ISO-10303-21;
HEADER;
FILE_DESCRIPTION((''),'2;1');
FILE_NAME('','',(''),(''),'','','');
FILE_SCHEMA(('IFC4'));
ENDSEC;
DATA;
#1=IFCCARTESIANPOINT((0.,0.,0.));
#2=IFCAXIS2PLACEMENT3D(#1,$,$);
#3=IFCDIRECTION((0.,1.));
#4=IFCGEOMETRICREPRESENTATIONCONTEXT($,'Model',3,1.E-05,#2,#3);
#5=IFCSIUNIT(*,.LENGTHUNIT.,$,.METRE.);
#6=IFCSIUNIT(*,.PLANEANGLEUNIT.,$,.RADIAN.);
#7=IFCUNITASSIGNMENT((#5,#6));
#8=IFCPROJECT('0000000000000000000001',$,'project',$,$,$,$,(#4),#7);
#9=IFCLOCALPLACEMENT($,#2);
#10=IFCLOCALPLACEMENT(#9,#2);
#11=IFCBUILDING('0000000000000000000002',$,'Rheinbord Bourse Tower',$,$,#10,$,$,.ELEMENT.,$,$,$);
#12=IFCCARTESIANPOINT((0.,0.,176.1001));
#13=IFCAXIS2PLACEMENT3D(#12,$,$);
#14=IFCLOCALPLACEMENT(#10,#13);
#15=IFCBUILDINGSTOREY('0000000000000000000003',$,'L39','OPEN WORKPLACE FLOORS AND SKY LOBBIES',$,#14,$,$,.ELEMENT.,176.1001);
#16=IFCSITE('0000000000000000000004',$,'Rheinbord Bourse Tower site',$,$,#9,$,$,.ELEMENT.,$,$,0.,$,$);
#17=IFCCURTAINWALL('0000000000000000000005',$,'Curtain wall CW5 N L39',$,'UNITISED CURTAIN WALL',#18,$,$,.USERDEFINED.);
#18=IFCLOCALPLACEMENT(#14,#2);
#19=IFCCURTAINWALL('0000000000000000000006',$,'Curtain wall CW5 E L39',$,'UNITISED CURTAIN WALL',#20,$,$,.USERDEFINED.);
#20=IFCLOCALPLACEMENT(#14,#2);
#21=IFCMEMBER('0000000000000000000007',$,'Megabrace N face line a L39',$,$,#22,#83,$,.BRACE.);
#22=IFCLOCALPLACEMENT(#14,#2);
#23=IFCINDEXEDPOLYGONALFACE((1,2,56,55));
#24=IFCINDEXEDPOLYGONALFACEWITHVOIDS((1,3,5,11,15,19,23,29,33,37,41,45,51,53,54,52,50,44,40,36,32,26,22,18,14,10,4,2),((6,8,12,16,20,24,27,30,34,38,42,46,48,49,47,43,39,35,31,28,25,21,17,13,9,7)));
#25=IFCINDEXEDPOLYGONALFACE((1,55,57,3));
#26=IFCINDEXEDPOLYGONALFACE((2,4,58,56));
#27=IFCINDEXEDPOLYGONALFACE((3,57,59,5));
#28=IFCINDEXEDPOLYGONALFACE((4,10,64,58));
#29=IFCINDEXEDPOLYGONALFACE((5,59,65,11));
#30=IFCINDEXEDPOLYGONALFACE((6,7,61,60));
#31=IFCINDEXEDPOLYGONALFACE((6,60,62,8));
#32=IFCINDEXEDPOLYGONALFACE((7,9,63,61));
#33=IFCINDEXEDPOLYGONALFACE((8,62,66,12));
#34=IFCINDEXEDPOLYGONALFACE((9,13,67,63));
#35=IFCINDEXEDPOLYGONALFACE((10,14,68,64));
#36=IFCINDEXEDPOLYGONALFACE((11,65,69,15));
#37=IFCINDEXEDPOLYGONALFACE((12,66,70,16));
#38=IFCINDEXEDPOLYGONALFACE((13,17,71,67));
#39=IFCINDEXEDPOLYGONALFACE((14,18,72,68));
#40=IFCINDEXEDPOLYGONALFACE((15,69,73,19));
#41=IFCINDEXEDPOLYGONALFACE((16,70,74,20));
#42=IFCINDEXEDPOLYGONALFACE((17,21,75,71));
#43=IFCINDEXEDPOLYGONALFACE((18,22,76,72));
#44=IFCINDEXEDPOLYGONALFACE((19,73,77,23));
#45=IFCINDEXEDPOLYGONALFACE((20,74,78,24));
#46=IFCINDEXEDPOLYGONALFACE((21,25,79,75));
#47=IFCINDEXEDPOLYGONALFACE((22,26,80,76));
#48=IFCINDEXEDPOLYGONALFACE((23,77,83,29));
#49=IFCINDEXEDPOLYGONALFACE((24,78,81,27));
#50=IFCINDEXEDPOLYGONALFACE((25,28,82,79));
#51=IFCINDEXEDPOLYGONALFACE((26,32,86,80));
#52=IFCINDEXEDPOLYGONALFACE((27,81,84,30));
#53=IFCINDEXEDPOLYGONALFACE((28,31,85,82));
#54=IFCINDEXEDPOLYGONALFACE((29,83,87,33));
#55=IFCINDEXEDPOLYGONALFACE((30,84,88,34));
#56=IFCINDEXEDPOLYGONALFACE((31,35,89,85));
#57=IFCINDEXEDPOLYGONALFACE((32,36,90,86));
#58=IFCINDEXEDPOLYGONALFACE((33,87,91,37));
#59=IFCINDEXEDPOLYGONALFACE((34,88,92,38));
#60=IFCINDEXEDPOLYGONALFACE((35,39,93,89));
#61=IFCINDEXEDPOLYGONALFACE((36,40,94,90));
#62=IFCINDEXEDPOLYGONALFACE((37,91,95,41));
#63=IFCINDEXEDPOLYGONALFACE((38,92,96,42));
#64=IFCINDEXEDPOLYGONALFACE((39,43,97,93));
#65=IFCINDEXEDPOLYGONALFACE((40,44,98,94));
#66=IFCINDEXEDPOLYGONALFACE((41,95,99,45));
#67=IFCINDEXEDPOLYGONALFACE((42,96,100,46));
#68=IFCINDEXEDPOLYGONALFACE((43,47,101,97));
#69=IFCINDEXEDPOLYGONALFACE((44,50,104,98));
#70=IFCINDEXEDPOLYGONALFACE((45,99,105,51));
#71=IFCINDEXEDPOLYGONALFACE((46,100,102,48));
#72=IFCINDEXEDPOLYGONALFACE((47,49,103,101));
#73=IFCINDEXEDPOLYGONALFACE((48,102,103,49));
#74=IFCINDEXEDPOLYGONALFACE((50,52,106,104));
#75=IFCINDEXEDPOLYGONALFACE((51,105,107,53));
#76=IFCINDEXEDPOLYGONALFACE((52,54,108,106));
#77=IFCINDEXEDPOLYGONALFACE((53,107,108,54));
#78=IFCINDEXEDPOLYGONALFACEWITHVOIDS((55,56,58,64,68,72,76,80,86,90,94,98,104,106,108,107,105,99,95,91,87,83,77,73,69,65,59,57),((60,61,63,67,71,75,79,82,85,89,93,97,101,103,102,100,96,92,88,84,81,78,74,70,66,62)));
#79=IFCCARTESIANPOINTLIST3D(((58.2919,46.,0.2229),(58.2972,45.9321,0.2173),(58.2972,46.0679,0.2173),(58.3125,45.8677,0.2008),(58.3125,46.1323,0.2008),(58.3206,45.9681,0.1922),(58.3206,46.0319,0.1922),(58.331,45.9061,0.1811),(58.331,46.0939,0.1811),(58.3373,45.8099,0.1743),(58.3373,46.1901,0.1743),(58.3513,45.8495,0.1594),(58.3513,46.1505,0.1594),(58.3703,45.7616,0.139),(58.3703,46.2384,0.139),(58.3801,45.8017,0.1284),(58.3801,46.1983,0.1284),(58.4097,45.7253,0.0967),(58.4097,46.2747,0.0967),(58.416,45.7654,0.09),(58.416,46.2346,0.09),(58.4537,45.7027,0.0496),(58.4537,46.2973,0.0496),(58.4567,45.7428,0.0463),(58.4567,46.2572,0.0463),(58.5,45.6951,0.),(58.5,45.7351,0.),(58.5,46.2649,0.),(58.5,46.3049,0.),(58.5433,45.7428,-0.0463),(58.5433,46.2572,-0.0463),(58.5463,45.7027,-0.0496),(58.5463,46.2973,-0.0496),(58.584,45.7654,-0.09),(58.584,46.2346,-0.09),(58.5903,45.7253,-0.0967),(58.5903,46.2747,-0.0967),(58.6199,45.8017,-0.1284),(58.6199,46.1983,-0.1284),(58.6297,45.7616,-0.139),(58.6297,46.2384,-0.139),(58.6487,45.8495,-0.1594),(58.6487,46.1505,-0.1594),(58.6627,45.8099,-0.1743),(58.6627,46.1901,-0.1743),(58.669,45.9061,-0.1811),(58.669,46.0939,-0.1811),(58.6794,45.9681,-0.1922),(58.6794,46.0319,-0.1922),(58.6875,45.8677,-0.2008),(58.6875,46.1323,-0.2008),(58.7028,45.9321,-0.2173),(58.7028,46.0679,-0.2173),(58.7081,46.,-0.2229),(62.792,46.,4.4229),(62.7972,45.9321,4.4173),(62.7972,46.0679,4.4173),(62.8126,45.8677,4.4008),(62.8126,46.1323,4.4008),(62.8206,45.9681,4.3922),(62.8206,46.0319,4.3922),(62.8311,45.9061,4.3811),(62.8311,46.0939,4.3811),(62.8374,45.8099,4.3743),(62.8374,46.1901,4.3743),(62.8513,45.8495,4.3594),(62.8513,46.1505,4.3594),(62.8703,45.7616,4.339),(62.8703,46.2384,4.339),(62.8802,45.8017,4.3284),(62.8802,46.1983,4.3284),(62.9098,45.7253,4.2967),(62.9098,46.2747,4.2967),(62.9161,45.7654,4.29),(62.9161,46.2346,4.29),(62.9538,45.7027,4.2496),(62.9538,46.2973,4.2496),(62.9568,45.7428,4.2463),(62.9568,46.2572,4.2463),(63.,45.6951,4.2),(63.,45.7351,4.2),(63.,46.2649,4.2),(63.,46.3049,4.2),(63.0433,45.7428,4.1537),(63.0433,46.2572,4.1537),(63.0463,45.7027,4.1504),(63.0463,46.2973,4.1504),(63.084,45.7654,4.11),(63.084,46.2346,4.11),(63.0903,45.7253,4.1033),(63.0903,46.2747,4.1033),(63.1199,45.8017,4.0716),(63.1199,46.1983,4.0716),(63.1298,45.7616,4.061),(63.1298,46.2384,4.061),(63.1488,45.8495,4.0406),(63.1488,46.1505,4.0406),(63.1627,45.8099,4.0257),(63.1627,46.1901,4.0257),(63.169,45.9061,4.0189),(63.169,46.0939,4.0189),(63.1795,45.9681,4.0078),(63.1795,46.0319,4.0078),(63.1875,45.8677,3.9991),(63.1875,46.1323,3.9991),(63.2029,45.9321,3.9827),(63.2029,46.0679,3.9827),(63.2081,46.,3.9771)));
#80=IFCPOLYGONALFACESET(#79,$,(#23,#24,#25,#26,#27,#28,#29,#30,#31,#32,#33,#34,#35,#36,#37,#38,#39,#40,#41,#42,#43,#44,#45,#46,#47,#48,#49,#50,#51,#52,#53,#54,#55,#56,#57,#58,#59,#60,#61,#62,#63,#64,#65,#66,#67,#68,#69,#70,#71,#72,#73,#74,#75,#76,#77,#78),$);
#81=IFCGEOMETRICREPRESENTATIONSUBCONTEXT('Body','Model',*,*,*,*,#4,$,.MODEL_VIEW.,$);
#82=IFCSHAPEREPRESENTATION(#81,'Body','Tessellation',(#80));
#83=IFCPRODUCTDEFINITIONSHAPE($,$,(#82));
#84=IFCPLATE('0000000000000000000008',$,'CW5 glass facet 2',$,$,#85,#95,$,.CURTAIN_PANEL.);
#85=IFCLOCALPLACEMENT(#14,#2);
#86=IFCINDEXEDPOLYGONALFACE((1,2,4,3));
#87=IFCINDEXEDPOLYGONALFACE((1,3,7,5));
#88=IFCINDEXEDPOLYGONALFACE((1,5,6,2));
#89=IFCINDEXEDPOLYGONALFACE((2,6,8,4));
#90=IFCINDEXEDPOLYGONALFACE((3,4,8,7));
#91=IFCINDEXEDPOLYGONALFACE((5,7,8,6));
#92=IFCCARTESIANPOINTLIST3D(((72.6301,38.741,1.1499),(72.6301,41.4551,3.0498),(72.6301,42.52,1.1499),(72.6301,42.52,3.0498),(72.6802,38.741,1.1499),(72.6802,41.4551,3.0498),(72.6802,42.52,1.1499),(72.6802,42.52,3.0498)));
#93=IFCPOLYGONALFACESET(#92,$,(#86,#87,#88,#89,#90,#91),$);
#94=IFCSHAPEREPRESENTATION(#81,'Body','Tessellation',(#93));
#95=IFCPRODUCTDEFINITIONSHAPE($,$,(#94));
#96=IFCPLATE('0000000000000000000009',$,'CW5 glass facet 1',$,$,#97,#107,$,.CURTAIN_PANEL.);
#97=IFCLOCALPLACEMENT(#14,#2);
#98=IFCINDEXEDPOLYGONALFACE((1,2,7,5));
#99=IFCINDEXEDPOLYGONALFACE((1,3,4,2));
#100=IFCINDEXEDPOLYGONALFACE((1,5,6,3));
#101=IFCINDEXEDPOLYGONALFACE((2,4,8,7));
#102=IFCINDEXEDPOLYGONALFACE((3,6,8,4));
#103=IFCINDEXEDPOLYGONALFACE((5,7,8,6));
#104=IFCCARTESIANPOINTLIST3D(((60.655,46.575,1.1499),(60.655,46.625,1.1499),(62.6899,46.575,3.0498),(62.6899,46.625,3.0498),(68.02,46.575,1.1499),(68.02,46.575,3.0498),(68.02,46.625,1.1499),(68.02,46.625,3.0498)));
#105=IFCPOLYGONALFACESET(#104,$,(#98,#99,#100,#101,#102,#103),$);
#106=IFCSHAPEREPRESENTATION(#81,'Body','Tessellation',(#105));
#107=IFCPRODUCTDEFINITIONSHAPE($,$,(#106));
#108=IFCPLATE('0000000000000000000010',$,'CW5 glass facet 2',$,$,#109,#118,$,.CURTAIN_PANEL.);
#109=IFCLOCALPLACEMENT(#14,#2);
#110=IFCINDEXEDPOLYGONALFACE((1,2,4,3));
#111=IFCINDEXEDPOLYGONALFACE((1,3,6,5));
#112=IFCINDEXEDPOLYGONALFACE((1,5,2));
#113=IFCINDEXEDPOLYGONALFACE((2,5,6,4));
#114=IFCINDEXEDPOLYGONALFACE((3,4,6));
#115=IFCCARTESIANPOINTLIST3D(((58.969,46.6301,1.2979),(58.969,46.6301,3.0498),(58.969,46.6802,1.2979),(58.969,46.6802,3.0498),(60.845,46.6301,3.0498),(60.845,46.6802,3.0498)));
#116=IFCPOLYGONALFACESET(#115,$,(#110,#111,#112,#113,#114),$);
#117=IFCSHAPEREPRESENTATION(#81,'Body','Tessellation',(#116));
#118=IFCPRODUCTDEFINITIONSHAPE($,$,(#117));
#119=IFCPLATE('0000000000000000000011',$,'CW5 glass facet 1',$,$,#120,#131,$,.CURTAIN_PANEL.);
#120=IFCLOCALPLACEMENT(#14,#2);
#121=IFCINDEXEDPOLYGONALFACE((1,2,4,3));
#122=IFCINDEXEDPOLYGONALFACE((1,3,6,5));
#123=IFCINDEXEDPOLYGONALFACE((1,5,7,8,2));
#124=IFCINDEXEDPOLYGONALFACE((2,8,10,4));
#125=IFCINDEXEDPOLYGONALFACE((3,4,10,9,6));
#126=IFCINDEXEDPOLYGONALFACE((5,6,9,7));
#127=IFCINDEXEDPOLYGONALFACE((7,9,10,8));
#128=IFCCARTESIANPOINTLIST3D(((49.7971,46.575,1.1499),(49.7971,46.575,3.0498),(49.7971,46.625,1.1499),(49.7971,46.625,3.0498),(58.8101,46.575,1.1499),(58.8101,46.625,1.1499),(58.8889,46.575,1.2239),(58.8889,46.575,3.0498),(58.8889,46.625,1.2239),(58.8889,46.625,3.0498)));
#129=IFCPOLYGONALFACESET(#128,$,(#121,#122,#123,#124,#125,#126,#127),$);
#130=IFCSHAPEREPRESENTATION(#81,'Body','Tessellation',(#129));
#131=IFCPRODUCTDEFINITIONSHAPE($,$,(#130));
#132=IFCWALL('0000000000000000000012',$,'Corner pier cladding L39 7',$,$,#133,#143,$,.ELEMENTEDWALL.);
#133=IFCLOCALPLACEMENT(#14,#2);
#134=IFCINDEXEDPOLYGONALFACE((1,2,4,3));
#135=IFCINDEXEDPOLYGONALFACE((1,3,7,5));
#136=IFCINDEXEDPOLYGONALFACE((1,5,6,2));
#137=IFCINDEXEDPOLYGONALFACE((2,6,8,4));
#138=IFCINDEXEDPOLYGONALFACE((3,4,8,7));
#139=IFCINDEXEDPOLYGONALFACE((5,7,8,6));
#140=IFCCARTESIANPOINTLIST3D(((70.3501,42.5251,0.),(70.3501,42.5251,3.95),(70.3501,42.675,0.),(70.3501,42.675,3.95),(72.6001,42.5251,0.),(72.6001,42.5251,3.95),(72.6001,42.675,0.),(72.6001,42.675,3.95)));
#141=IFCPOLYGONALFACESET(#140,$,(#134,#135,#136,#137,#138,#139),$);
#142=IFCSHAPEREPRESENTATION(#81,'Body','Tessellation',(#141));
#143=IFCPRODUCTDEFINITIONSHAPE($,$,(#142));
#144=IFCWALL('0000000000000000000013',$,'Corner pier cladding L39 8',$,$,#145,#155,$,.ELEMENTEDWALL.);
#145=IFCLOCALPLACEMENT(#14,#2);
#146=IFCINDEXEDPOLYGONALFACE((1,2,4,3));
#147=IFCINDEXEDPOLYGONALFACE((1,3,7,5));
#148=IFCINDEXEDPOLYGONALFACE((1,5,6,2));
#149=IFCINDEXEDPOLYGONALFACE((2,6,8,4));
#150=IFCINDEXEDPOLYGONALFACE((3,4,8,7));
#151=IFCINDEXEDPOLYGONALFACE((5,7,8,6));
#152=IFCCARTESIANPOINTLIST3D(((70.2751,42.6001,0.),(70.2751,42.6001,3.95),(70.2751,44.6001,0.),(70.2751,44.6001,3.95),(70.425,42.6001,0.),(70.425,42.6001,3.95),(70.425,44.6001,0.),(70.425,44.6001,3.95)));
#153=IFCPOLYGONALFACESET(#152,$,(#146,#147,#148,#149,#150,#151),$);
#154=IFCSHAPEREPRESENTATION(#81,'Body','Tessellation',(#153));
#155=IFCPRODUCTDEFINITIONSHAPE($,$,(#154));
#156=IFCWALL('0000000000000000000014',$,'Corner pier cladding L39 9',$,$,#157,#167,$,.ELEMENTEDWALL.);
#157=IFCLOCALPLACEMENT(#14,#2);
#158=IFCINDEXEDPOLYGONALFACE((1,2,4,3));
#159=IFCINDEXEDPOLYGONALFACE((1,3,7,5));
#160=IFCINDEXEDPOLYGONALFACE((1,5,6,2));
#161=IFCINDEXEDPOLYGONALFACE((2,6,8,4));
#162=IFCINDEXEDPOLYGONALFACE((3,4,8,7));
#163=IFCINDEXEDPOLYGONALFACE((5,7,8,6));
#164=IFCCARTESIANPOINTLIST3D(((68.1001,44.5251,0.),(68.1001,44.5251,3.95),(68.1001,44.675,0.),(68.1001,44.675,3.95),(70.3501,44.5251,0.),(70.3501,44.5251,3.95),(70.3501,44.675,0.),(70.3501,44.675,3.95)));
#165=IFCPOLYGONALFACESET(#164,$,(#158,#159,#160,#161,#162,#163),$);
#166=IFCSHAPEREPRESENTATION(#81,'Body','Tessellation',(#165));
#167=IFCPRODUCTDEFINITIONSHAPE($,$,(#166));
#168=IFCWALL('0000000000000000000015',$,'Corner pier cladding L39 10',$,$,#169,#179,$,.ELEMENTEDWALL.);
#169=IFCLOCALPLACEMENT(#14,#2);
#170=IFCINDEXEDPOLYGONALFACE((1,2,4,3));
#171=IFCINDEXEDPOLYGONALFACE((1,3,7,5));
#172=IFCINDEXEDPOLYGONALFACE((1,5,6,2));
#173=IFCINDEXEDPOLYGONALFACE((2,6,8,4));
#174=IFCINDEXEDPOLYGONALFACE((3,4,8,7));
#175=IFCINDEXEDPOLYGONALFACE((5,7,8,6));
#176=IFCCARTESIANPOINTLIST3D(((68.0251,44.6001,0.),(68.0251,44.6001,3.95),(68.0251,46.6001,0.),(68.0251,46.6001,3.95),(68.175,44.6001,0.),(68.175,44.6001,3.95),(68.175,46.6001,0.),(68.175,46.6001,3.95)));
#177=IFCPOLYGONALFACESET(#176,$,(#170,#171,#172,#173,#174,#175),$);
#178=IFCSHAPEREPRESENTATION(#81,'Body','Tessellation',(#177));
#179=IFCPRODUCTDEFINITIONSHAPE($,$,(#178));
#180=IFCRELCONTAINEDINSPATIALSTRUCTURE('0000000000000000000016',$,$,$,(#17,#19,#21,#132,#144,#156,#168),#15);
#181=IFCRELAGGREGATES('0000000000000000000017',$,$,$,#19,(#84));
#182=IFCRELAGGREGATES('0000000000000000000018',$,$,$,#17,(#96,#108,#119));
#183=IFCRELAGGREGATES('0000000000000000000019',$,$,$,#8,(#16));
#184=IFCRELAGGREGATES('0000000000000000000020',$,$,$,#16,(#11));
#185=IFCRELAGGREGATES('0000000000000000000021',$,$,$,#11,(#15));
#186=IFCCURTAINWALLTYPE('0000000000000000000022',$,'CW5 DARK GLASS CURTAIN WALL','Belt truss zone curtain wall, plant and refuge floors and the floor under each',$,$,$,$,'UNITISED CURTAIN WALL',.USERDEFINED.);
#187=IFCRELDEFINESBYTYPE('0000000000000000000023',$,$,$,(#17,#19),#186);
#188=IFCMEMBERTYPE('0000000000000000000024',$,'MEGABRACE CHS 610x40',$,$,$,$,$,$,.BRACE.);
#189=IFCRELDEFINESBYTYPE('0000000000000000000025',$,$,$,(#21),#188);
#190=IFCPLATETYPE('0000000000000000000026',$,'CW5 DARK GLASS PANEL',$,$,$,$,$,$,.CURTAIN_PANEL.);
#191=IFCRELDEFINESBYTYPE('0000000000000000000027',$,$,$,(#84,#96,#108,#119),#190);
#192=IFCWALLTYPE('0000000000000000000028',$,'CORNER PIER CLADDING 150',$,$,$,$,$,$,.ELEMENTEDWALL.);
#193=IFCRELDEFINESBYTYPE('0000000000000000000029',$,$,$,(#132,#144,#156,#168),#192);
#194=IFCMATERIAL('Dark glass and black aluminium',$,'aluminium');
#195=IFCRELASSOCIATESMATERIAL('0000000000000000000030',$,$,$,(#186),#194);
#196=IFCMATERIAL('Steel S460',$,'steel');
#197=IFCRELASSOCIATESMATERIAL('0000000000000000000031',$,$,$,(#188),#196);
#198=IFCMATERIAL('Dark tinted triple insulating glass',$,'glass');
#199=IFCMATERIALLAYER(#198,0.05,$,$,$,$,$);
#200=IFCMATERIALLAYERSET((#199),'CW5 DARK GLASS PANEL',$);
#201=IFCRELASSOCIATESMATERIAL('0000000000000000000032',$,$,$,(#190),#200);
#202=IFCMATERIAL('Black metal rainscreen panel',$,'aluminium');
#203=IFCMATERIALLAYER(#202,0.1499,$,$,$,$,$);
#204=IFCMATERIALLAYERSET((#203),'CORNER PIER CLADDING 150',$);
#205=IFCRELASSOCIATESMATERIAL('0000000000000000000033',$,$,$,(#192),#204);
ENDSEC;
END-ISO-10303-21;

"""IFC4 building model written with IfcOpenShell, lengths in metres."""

from ifc_helpers import new_model, si_unit, direction, frame, frame_2d, origin, origin_2d, place, context, subcontext, project, spatial, polyline, rectangle, hollow_circle, outline, extrude, material, layer, layer_set, material_profile, profile_set, type_object, element, aggregate, save


model = new_model("IFC4")

# Units and contexts
model_context = context("Model", 3, precision=1e-05, world=origin(), true_north=direction((0.0, 1.0)))
body_context = subcontext(model_context, "Body", "Model", "MODEL_VIEW")
ifc_project = project(units=[si_unit("LENGTHUNIT", "METRE"), si_unit("PLANEANGLEUNIT", "RADIAN")], contexts=[model_context])

# Site, building, storey
site_placement = place(None, origin())
site = spatial("IfcSite", under=ifc_project, at=site_placement, Name="Rheinbord Bourse Tower site", CompositionType="ELEMENT", RefElevation=0.0)
building_placement = place(site_placement, origin())
building = spatial("IfcBuilding", under=site, at=building_placement, Name="Rheinbord Bourse Tower", CompositionType="ELEMENT")
storey_placement = place(building_placement, frame((0.0, 0.0, 176.1001)))
storey = spatial("IfcBuildingStorey", under=building, at=storey_placement, Name="L39", Description="OPEN WORKPLACE FLOORS AND SKY LOBBIES", CompositionType="ELEMENT", Elevation=176.1001)

# Curtain walls
ifc_material_1 = material(Name="Dark glass and black aluminium", Category="aluminium")
curtain_wall_type = type_object("IfcCurtainWallType", Name="CW5 DARK GLASS CURTAIN WALL", Description="Belt truss zone curtain wall, plant and refuge floors and the floor under each", ElementType="UNITISED CURTAIN WALL", PredefinedType="USERDEFINED", material=ifc_material_1)
curtain_wall_1_placement = place(storey_placement, origin())
curtain_wall_1 = element("IfcCurtainWall", 1, at=curtain_wall_1_placement, inside=storey, type_object=curtain_wall_type, Name="Curtain wall CW5 N L39", ObjectType="UNITISED CURTAIN WALL", PredefinedType="USERDEFINED")
curtain_wall_2_placement = place(storey_placement, origin())
curtain_wall_2 = element("IfcCurtainWall", 2, at=curtain_wall_2_placement, inside=storey, type_object=curtain_wall_type, Name="Curtain wall CW5 E L39", ObjectType="UNITISED CURTAIN WALL", PredefinedType="USERDEFINED")

# Member
ifc_material_2 = material(Name="Steel S460", Category="steel")
ifc_material_profile_1 = material_profile(ifc_material_2, hollow_circle(Radius=0.3049, WallThickness=0.04, at=origin_2d()), Name="CHS 610x40")
ifc_profile_set_1 = profile_set([ifc_material_profile_1], Name="Steel S460")
member_type_1 = type_object("IfcMemberType", Name="MEGABRACE CHS 610x40", PredefinedType="BRACE", material=ifc_profile_set_1)
member_1_placement = place(storey_placement, frame((58.5, 46.0, 0.0), z_axis=(0.731059, 0.0, 0.682314), x_axis=(0.0, 1.0, 0.0)))
element("IfcMember", 3, at=member_1_placement, inside=storey, type_object=member_type_1, Name="Megabrace N face line a L39", PredefinedType="BRACE", context=body_context, shape_type="SweptSolid", body=[
    extrude(hollow_circle(Radius=0.3049, WallThickness=0.04, at=origin_2d()), origin(), (0.0, 0.0, 1.0), 6.1555),
])

# Plates
ifc_material_3 = material(Name="Dark tinted triple insulating glass", Category="glass")
ifc_layer_1 = layer(ifc_material_3, 0.05)
ifc_layer_set_1 = layer_set([ifc_layer_1], Name="CW5 DARK GLASS PANEL")
plate_type = type_object("IfcPlateType", Name="CW5 DARK GLASS PANEL", PredefinedType="CURTAIN_PANEL", material=ifc_layer_set_1)
plate_1_placement = place(storey_placement, frame((72.6802, 42.52, 3.0498), z_axis=(-1.0, 0.0, 0.0), x_axis=(0.0, 0.0, -1.0)))
plate_1 = element("IfcPlate", 4, at=plate_1_placement, type_object=plate_type, Name="CW5 glass facet 2", PredefinedType="CURTAIN_PANEL", context=body_context, shape_type="SweptSolid", body=[
    extrude(outline(polyline([(0.0, 0.0), (1.8999, 0.0), (1.8999, 3.7791), (0.0, 1.0649), (0.0, 0.0)])), origin(), (0.0, 0.0, 1.0), 0.05),
])
aggregate(curtain_wall_2, [plate_1])
plate_2_placement = place(storey_placement, frame((68.02, 46.625, 1.1499), z_axis=(0.0, -1.0, 0.0), x_axis=(0.0, 0.0, 1.0)))
plate_2 = element("IfcPlate", 5, at=plate_2_placement, type_object=plate_type, Name="CW5 glass facet 1", PredefinedType="CURTAIN_PANEL", context=body_context, shape_type="SweptSolid", body=[
    extrude(outline(polyline([(0.0, 0.0), (1.8999, 0.0), (1.8999, 5.3301), (0.0, 7.365), (0.0, 0.0)])), origin(), (0.0, 0.0, 1.0), 0.05),
])
plate_3_placement = place(storey_placement, frame((58.969, 46.6802, 3.0498), z_axis=(0.0, -1.0, 0.0), x_axis=(0.0, 0.0, -1.0)))
plate_3 = element("IfcPlate", 6, at=plate_3_placement, type_object=plate_type, Name="CW5 glass facet 2", PredefinedType="CURTAIN_PANEL", context=body_context, shape_type="SweptSolid", body=[
    extrude(outline(polyline([(0.0, 0.0), (1.752, 0.0), (0.0, 1.876), (0.0, 0.0)])), origin(), (0.0, 0.0, 1.0), 0.05),
])
plate_4_placement = place(storey_placement, frame((58.8889, 46.625, 3.0498), z_axis=(0.0, -1.0, 0.0), x_axis=(-1.0, 0.0, 0.0)))
plate_4 = element("IfcPlate", 7, at=plate_4_placement, type_object=plate_type, Name="CW5 glass facet 1", PredefinedType="CURTAIN_PANEL", context=body_context, shape_type="SweptSolid", body=[
    extrude(outline(polyline([(0.0, 0.0), (9.0918, 0.0), (9.0918, 1.8999), (0.0789, 1.8999), (0.0, 1.8259), (0.0, 0.0)])), origin(), (0.0, 0.0, 1.0), 0.05),
])
aggregate(curtain_wall_1, [plate_2, plate_3, plate_4])

# Walls
ifc_material_4 = material(Name="Black metal rainscreen panel", Category="aluminium")
ifc_layer_2 = layer(ifc_material_4, 0.1499)
ifc_layer_set_2 = layer_set([ifc_layer_2], Name="CORNER PIER CLADDING 150")
wall_type = type_object("IfcWallType", Name="CORNER PIER CLADDING 150", PredefinedType="ELEMENTEDWALL", material=ifc_layer_set_2)
wall_1_placement = place(storey_placement, frame((72.6001, 42.6001, 0.0), z_axis=(0.0, 0.0, 1.0), x_axis=(-1.0, 0.0, 0.0)))
element("IfcWall", 8, at=wall_1_placement, inside=storey, type_object=wall_type, Name="Corner pier cladding L39 7", PredefinedType="ELEMENTEDWALL", context=body_context, shape_type="SweptSolid", body=[
    extrude(rectangle(XDim=2.25, YDim=0.1499, at=frame_2d((1.125, 0.0))), origin(), (0.0, 0.0, 1.0), 3.95),
])
wall_2_placement = place(storey_placement, frame((70.3501, 42.6001, 0.0), z_axis=(0.0, 0.0, 1.0), x_axis=(0.0, 1.0, 0.0)))
element("IfcWall", 9, at=wall_2_placement, inside=storey, type_object=wall_type, Name="Corner pier cladding L39 8", PredefinedType="ELEMENTEDWALL", context=body_context, shape_type="SweptSolid", body=[
    extrude(rectangle(XDim=2.0, YDim=0.1499, at=frame_2d((1.0, 0.0))), origin(), (0.0, 0.0, 1.0), 3.95),
])
wall_3_placement = place(storey_placement, frame((70.3501, 44.6001, 0.0), z_axis=(0.0, 0.0, 1.0), x_axis=(-1.0, 0.0, 0.0)))
element("IfcWall", 10, at=wall_3_placement, inside=storey, type_object=wall_type, Name="Corner pier cladding L39 9", PredefinedType="ELEMENTEDWALL", context=body_context, shape_type="SweptSolid", body=[
    extrude(rectangle(XDim=2.25, YDim=0.1499, at=frame_2d((1.125, 0.0))), origin(), (0.0, 0.0, 1.0), 3.95),
])
wall_4_placement = place(storey_placement, frame((68.1001, 44.6001, 0.0), z_axis=(0.0, 0.0, 1.0), x_axis=(0.0, 1.0, 0.0)))
element("IfcWall", 11, at=wall_4_placement, inside=storey, type_object=wall_type, Name="Corner pier cladding L39 10", PredefinedType="ELEMENTEDWALL", context=body_context, shape_type="SweptSolid", body=[
    extrude(rectangle(XDim=2.0, YDim=0.1499, at=frame_2d((1.0, 0.0))), origin(), (0.0, 0.0, 1.0), 3.95),
])

save(model, "model.ifc")
